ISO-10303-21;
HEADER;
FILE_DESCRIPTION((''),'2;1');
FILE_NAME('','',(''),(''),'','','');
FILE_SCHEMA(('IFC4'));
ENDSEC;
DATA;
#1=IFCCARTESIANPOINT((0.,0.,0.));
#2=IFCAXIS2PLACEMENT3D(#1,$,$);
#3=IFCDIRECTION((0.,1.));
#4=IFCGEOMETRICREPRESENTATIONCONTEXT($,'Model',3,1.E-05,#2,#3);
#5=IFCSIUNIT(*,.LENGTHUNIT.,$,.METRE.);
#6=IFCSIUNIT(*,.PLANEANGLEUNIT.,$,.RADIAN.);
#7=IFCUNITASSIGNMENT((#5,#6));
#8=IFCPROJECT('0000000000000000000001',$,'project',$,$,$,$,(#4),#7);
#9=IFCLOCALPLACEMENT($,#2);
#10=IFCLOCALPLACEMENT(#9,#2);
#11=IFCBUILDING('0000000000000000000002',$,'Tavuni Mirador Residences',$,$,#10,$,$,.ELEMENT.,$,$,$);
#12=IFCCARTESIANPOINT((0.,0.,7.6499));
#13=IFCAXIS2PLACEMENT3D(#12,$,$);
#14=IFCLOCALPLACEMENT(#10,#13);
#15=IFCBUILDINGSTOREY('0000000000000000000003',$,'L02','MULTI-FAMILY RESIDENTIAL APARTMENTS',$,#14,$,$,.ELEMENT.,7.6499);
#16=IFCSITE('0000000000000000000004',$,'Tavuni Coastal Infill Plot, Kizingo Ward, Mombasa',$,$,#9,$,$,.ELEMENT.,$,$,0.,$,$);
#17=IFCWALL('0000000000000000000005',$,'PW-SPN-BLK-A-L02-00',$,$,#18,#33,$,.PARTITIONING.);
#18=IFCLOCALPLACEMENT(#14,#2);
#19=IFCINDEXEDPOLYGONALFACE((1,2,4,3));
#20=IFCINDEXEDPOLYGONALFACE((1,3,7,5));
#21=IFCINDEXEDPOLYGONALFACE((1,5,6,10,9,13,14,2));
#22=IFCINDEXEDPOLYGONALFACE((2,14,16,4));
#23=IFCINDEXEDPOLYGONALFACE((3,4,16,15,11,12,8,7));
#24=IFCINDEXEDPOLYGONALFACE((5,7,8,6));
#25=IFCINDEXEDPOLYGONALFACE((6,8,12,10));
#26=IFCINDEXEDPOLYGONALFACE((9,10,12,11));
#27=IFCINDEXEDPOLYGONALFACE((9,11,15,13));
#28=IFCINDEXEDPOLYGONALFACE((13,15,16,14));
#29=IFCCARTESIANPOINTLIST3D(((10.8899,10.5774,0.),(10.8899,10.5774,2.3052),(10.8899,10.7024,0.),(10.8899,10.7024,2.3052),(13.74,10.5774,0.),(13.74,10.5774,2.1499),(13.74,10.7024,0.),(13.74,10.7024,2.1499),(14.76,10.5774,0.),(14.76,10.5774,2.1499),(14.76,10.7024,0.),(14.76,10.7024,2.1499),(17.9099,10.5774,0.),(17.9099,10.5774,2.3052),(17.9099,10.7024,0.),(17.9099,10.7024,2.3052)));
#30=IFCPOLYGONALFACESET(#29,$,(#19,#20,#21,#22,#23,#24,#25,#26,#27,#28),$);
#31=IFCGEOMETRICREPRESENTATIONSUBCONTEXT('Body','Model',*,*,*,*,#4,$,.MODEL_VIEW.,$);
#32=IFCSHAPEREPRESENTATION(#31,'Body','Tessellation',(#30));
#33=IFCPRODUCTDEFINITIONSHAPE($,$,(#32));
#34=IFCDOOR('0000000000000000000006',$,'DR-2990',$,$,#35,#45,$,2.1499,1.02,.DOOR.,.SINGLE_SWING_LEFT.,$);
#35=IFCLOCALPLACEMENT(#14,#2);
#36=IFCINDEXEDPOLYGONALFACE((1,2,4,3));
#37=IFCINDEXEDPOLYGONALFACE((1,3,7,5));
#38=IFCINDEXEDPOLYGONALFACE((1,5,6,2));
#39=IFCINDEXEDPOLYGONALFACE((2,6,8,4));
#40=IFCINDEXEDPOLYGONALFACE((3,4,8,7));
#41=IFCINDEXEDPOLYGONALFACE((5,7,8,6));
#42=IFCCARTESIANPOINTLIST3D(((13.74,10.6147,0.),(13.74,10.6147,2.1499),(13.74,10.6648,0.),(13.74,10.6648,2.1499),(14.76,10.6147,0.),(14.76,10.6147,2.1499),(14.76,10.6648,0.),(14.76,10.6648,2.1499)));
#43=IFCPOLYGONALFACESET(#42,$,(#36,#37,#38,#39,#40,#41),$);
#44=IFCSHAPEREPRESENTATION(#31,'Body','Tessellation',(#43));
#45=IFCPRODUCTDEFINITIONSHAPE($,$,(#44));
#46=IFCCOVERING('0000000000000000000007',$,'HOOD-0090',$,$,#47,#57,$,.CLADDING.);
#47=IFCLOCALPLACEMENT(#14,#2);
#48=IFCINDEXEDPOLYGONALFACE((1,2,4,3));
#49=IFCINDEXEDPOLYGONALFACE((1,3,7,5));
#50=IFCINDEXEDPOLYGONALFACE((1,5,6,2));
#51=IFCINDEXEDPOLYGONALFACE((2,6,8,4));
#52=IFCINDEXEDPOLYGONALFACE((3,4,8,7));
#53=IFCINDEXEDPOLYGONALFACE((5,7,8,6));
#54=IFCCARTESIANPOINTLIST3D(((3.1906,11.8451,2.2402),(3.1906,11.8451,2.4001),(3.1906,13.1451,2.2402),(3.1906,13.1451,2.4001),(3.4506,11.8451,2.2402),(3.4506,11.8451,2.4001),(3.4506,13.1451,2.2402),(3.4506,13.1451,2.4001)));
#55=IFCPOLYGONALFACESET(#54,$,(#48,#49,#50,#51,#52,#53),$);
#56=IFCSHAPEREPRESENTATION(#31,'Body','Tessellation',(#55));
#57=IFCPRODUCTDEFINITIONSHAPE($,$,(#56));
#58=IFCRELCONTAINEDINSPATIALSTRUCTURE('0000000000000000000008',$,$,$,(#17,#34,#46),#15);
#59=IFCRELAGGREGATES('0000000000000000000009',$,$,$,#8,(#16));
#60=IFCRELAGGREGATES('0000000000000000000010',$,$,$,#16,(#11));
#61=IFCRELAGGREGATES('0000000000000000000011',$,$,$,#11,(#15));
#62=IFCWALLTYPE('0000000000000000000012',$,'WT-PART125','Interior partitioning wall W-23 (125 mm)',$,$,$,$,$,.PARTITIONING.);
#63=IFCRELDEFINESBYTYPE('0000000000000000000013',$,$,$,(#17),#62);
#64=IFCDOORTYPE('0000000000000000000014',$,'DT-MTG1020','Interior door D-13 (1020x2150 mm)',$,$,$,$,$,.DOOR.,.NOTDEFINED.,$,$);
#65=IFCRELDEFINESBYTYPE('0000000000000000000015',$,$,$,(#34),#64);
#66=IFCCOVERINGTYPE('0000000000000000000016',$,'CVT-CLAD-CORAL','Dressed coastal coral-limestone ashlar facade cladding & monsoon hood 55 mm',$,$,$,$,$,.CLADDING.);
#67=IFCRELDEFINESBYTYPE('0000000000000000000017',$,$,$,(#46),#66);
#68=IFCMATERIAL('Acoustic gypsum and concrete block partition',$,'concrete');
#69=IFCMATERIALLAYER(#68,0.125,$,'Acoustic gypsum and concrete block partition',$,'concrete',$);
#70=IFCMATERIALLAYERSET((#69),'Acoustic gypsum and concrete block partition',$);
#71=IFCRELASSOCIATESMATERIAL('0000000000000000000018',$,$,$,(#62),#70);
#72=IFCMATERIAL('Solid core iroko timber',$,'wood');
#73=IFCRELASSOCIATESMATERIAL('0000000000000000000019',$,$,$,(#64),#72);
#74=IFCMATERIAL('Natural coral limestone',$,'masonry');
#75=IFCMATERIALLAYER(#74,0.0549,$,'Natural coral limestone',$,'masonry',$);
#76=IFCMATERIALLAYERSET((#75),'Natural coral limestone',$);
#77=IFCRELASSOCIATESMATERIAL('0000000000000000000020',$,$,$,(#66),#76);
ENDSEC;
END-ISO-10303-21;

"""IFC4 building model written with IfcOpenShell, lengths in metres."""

from ifc_helpers import new_model, si_unit, direction, frame, frame_2d, origin, origin_2d, place, context, subcontext, project, spatial, rectangle, extrude, material, layer, layer_set, type_object, element, fill, save


model = new_model("IFC4")

# Units and contexts
model_context = context("Model", 3, precision=1e-05, world=origin(), true_north=direction((0.0, 1.0)))
body_context = subcontext(model_context, "Body", "Model", "MODEL_VIEW")
ifc_project = project(units=[si_unit("LENGTHUNIT", "METRE"), si_unit("PLANEANGLEUNIT", "RADIAN")], contexts=[model_context])

# Site, building, storey
site_placement = place(None, origin())
site = spatial("IfcSite", under=ifc_project, at=site_placement, Name="Tavuni Coastal Infill Plot, Kizingo Ward, Mombasa", CompositionType="ELEMENT", RefElevation=0.0)
building_placement = place(site_placement, origin())
building = spatial("IfcBuilding", under=site, at=building_placement, Name="Tavuni Mirador Residences", CompositionType="ELEMENT")
storey_placement = place(building_placement, frame((0.0, 0.0, 7.6499)))
storey = spatial("IfcBuildingStorey", under=building, at=storey_placement, Name="L02", Description="MULTI-FAMILY RESIDENTIAL APARTMENTS", CompositionType="ELEMENT", Elevation=7.6499)

# Wall, opening, door
ifc_material_1 = material(Name="Acoustic gypsum and concrete block partition", Category="concrete")
ifc_material_2 = material(Name="Solid core iroko timber", Category="wood")
ifc_layer_1 = layer(ifc_material_1, 0.125, Name="Acoustic gypsum and concrete block partition", Category="concrete")
ifc_layer_set_1 = layer_set([ifc_layer_1], Name="Acoustic gypsum and concrete block partition")
wall_type_1 = type_object("IfcWallType", Name="WT-PART125", Description="Interior partitioning wall W-23 (125 mm)", PredefinedType="PARTITIONING", material=ifc_layer_set_1)
wall_1_placement = place(storey_placement, frame((10.8899, 10.6399, 0.0), z_axis=(0.0, 0.0, 1.0), x_axis=(1.0, 0.0, 0.0)))
wall_1 = element("IfcWall", 1, at=wall_1_placement, inside=storey, type_object=wall_type_1, Name="PW-SPN-BLK-A-L02-00", PredefinedType="PARTITIONING", context=body_context, shape_type="SweptSolid", body=[
    extrude(rectangle(XDim=7.02, YDim=0.125, at=frame_2d((3.51, 0.0))), origin(), (0.0, 0.0, 1.0), 2.3052),
])
opening_1_placement = place(wall_1_placement, frame((2.8501, 0.0, 0.0)))
opening_1 = element("IfcOpeningElement", 2, at=opening_1_placement, cuts=wall_1, PredefinedType="OPENING", context=body_context, shape_type="SweptSolid", body=[
    extrude(rectangle(XDim=1.02, YDim=2.1499, at=frame_2d((0.51, 1.075))), frame((0.0, 0.0725, 0.0), z_axis=(0.0, -1.0, 0.0), x_axis=(1.0, 0.0, 0.0)), (0.0, 0.0, 1.0), 0.145),
])
door_type_1 = type_object("IfcDoorType", Name="DT-MTG1020", Description="Interior door D-13 (1020x2150 mm)", OperationType="NOTDEFINED", PredefinedType="DOOR", material=ifc_material_2)
door_1_placement = place(opening_1_placement, origin())
door_1 = element("IfcDoor", 3, at=door_1_placement, inside=storey, type_object=door_type_1, Name="DR-2990", OperationType="SINGLE_SWING_LEFT", OverallHeight=2.1499, OverallWidth=1.02, PredefinedType="DOOR", context=body_context, shape_type="SweptSolid", body=[
    extrude(rectangle(XDim=1.02, YDim=2.1499, at=frame_2d((0.51, 1.075))), frame((0.0, 0.0249, 0.0), z_axis=(0.0, -1.0, 0.0), x_axis=(1.0, 0.0, 0.0)), (0.0, 0.0, 1.0), 0.05),
])
fill(opening_1, door_1)

# Covering
ifc_material_3 = material(Name="Natural coral limestone", Category="masonry")
ifc_layer_2 = layer(ifc_material_3, 0.0549, Name="Natural coral limestone", Category="masonry")
ifc_layer_set_2 = layer_set([ifc_layer_2], Name="Natural coral limestone")
covering_type = type_object("IfcCoveringType", Name="CVT-CLAD-CORAL", Description="Dressed coastal coral-limestone ashlar facade cladding & monsoon hood 55 mm", PredefinedType="CLADDING", material=ifc_layer_set_2)
covering_placement = place(storey_placement, frame((3.3206, 12.4951, 2.2402), z_axis=(0.0, 0.0, 1.0), x_axis=(0.0, -1.0, 0.0)))
element("IfcCovering", 4, at=covering_placement, inside=storey, type_object=covering_type, Name="HOOD-0090", PredefinedType="CLADDING", context=body_context, shape_type="SweptSolid", body=[
    extrude(rectangle(XDim=1.3, YDim=0.26, at=origin_2d()), origin(), (0.0, 0.0, 1.0), 0.1599),
])

save(model, "model.ifc")
